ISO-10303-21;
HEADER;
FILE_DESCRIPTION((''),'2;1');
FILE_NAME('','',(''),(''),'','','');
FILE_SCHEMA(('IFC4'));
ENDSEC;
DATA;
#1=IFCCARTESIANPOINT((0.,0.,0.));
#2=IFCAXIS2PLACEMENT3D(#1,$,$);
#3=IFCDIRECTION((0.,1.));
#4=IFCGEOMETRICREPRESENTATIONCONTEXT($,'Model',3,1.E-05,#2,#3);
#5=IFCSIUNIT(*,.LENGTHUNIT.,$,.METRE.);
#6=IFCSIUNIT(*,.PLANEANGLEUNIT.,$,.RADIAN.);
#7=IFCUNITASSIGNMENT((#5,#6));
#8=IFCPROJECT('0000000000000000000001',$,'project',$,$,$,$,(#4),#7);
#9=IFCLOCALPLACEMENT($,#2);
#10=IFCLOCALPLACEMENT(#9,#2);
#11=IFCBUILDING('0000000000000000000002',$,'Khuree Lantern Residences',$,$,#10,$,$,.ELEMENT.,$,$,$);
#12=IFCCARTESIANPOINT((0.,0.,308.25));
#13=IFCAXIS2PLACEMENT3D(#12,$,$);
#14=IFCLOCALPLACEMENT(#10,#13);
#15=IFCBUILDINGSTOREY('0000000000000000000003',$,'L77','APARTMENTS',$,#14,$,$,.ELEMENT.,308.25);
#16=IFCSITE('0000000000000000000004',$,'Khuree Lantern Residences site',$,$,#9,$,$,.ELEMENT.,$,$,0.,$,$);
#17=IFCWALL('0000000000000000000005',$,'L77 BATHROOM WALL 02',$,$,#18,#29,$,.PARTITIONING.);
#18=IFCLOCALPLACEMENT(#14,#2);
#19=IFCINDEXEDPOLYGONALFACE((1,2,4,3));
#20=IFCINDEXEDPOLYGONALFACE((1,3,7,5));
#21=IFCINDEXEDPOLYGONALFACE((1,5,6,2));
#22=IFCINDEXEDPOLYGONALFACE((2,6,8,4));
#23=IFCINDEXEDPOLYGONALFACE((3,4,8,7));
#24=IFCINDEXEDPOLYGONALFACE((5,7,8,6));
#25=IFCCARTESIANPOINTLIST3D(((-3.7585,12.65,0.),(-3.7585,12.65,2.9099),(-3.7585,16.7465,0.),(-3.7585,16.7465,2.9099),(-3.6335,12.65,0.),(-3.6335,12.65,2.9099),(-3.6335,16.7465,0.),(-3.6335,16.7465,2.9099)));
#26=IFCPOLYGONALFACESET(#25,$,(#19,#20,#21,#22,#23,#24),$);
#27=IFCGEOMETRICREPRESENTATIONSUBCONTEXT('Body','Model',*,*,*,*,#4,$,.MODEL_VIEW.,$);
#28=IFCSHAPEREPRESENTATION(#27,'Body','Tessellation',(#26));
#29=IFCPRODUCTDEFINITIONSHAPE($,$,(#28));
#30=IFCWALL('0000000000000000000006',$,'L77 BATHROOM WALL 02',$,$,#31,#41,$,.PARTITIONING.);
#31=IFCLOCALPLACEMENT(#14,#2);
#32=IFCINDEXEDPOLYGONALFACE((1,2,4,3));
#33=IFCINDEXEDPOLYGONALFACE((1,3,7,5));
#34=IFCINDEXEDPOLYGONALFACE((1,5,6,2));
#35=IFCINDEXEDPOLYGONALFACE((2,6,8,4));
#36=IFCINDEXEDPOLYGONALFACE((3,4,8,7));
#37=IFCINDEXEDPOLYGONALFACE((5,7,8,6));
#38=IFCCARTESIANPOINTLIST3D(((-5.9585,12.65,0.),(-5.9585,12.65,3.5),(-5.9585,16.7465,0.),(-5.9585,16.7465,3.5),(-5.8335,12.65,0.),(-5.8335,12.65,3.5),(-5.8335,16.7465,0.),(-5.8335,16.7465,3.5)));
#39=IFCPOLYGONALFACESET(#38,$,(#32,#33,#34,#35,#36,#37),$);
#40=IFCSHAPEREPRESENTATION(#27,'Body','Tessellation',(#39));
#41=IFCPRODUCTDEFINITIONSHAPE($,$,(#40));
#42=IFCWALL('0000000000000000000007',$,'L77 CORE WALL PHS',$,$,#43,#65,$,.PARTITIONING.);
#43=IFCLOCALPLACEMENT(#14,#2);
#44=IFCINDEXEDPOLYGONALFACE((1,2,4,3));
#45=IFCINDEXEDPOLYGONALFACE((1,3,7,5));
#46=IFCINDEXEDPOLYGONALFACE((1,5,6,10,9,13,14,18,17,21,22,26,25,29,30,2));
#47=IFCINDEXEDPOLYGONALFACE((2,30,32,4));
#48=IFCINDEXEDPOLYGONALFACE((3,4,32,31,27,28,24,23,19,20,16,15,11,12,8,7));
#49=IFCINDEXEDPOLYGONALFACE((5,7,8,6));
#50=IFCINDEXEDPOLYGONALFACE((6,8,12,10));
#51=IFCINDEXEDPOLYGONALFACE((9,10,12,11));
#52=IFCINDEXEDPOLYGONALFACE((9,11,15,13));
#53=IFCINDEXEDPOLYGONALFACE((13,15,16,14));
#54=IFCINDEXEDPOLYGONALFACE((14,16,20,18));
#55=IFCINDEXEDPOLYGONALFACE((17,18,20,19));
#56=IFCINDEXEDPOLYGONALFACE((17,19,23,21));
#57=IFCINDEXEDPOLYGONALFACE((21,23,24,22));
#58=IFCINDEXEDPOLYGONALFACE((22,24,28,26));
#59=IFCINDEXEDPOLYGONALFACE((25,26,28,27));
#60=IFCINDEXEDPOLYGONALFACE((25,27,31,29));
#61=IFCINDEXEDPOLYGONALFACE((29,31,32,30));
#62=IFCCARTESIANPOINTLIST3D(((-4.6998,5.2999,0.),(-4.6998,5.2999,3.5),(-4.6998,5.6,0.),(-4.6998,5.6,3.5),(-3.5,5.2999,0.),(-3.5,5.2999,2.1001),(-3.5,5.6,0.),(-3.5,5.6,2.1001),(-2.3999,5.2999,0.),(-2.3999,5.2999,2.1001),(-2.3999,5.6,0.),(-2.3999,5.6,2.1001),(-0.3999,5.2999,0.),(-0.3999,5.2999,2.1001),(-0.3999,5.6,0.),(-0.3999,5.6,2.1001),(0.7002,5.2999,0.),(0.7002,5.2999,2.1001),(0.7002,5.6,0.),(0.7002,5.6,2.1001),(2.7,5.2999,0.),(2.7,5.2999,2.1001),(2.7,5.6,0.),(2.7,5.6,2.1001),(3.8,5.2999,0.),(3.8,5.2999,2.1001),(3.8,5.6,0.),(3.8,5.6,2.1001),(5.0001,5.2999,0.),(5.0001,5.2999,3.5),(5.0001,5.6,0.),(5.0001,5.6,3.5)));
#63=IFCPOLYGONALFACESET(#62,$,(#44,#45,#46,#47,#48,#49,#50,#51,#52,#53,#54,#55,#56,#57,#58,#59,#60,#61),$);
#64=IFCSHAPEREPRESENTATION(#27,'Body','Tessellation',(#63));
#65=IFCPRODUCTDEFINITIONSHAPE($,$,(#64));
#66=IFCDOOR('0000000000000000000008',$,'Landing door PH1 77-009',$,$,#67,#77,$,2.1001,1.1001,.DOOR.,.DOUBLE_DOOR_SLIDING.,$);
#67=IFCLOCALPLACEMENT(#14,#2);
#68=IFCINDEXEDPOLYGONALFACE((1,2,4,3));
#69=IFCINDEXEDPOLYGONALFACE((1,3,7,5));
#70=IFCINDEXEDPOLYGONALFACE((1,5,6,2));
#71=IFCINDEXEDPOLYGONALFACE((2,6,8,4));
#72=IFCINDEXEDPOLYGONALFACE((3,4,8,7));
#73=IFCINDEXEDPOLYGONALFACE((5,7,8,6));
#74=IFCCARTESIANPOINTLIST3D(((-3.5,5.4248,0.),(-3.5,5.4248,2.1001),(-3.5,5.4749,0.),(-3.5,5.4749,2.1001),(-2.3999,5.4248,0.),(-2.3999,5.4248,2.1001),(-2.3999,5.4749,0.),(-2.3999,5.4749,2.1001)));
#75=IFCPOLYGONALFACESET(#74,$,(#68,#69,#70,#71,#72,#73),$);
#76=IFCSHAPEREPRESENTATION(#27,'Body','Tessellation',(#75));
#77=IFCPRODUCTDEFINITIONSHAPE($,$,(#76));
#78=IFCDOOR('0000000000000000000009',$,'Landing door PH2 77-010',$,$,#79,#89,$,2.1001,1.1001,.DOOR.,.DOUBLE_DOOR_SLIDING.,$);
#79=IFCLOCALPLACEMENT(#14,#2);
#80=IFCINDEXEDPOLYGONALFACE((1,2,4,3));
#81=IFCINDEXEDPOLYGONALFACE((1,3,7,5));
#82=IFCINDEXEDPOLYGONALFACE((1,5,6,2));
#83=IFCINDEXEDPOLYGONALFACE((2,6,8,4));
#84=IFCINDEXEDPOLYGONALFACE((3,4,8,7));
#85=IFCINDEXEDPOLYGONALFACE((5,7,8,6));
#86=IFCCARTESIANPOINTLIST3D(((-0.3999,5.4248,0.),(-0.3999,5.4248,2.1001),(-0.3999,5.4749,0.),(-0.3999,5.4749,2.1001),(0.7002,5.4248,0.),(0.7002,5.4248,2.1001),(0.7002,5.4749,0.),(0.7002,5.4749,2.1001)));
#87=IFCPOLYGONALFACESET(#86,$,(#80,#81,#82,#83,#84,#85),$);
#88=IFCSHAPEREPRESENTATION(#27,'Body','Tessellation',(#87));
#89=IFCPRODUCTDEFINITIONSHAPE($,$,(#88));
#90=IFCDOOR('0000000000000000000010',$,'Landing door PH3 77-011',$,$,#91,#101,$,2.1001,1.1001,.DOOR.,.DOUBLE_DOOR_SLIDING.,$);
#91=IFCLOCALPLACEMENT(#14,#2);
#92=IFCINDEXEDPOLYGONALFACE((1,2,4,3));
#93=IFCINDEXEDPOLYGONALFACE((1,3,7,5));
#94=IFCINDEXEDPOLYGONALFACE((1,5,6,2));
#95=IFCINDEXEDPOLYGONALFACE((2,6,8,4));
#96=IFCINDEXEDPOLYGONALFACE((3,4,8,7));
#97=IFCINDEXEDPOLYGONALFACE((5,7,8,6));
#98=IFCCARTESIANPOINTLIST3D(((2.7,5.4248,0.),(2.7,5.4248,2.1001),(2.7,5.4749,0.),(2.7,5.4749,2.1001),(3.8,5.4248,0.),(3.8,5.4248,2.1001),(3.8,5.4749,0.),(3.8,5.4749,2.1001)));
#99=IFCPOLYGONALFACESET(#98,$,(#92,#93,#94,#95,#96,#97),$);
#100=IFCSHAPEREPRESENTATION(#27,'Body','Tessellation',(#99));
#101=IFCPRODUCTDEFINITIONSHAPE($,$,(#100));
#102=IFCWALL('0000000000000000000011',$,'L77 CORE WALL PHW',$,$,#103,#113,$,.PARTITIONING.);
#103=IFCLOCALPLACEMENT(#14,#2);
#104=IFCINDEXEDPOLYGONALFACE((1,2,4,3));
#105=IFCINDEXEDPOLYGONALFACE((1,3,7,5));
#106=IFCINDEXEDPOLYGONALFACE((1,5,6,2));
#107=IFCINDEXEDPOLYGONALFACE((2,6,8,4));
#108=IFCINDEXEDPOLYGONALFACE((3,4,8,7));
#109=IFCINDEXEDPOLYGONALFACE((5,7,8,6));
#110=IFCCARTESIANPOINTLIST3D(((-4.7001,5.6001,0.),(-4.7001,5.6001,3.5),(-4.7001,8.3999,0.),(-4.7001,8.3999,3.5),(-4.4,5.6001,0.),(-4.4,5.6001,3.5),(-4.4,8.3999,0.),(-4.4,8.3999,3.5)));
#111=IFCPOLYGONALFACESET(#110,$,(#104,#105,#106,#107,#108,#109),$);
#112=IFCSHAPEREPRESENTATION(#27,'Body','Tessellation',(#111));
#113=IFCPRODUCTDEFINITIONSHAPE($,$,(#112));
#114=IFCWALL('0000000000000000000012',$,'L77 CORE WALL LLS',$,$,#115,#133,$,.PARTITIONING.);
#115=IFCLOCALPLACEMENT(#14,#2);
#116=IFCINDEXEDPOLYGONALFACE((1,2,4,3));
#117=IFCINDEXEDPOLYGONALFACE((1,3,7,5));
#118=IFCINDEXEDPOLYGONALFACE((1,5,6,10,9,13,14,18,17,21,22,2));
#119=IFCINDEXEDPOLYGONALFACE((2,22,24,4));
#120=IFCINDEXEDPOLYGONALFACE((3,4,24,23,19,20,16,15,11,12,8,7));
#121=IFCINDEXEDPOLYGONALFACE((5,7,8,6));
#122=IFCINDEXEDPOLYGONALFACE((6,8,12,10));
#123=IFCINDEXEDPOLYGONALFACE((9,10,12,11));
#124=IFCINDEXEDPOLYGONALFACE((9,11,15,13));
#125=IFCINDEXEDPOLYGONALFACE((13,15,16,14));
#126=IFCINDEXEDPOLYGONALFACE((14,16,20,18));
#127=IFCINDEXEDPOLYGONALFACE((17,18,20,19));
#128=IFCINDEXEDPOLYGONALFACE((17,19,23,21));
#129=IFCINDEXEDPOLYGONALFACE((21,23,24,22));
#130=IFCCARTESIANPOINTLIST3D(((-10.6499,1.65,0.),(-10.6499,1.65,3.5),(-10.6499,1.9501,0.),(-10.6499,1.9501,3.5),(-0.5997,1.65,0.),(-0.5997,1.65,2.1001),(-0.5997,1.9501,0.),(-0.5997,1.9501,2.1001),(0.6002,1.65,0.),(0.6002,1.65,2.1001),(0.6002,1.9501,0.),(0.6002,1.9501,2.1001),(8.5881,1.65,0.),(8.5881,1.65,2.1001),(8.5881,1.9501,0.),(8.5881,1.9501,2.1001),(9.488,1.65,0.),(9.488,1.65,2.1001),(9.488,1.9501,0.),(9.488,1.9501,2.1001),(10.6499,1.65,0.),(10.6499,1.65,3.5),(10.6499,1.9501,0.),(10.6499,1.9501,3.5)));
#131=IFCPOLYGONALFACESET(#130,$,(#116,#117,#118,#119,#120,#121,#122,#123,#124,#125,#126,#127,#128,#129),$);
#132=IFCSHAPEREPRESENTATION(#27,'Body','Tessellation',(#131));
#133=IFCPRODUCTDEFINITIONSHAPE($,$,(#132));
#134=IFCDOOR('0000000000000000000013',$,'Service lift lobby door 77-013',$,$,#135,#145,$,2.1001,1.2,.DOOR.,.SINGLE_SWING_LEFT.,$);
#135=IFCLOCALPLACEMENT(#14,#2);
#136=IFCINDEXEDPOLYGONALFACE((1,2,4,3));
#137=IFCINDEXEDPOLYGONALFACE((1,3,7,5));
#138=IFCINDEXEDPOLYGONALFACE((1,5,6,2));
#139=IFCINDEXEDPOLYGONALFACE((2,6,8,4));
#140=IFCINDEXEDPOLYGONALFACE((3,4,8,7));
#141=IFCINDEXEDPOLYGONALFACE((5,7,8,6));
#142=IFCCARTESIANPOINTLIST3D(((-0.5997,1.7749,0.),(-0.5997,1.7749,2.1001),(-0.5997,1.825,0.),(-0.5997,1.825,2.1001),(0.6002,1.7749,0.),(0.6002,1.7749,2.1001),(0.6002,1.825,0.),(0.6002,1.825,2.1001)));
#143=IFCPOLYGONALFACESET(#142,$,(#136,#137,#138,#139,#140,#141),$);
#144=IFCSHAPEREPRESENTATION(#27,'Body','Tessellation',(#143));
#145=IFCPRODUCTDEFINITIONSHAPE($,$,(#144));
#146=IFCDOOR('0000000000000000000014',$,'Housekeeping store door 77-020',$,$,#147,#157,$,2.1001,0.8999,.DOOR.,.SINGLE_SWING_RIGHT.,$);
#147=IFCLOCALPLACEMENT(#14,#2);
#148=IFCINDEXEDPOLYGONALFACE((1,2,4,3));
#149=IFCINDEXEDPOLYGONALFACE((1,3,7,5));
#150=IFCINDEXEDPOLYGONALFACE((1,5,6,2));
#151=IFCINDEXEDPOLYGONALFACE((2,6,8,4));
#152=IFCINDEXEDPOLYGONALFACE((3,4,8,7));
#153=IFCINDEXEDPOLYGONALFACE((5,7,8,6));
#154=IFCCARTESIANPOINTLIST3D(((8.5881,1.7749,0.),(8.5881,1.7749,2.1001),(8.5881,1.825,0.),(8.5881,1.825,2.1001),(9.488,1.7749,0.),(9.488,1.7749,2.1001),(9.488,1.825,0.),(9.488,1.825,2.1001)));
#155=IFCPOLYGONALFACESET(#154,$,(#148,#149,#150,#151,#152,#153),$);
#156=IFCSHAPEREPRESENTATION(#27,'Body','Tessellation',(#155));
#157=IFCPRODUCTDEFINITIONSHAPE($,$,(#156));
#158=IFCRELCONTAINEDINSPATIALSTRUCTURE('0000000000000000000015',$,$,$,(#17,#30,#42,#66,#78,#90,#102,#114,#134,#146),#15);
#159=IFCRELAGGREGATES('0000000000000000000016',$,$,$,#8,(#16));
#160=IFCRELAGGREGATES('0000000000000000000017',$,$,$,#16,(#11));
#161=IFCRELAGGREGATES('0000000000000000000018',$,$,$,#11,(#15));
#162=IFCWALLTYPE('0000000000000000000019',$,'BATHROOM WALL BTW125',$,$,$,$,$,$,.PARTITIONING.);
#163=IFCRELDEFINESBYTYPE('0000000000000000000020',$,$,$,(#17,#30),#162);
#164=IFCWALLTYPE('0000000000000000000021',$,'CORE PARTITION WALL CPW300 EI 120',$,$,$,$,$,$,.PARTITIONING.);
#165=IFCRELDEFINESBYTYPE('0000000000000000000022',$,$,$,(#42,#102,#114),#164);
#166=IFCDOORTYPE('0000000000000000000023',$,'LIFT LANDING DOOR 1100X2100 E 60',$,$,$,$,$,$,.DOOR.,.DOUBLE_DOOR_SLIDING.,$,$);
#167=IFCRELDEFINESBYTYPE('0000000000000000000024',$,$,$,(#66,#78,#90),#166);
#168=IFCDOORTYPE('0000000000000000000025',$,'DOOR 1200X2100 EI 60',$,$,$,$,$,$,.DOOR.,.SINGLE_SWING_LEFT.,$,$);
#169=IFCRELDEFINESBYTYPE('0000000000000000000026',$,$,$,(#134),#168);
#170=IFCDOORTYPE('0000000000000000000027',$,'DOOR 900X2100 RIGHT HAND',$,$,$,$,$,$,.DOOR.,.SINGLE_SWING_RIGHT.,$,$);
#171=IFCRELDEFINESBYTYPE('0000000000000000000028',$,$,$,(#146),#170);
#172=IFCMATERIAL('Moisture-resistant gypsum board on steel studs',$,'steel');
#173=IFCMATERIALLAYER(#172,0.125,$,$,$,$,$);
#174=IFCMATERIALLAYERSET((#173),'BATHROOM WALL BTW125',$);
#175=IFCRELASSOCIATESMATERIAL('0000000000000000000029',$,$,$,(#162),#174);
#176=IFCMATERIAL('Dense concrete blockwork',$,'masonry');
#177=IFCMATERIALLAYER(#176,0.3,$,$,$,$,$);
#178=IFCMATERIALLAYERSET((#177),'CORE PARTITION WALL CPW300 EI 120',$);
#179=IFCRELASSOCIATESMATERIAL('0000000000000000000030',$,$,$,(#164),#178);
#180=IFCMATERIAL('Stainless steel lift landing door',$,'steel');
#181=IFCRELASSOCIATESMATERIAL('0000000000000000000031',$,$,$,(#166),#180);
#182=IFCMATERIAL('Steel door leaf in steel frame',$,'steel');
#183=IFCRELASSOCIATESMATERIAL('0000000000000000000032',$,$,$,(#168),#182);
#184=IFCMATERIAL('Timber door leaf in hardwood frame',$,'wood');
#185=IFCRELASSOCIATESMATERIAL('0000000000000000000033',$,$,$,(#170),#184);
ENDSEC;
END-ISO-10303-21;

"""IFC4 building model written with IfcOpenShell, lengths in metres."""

from ifc_helpers import new_model, si_unit, direction, frame, frame_2d, origin, place, context, subcontext, project, spatial, rectangle, extrude, material, layer, layer_set, type_object, element, fill, save


model = new_model("IFC4")

# Units and contexts
model_context = context("Model", 3, precision=1e-05, world=origin(), true_north=direction((0.0, 1.0)))
body_context = subcontext(model_context, "Body", "Model", "MODEL_VIEW")
ifc_project = project(units=[si_unit("LENGTHUNIT", "METRE"), si_unit("PLANEANGLEUNIT", "RADIAN")], contexts=[model_context])

# Site, building, storey
site_placement = place(None, origin())
site = spatial("IfcSite", under=ifc_project, at=site_placement, Name="Khuree Lantern Residences site", CompositionType="ELEMENT", RefElevation=0.0)
building_placement = place(site_placement, origin())
building = spatial("IfcBuilding", under=site, at=building_placement, Name="Khuree Lantern Residences", CompositionType="ELEMENT")
storey_placement = place(building_placement, frame((0.0, 0.0, 308.25)))
storey = spatial("IfcBuildingStorey", under=building, at=storey_placement, Name="L77", Description="APARTMENTS", CompositionType="ELEMENT", Elevation=308.25)

# Walls
ifc_material_1 = material(Name="Moisture-resistant gypsum board on steel studs", Category="steel")
ifc_layer_1 = layer(ifc_material_1, 0.125)
ifc_layer_set_1 = layer_set([ifc_layer_1], Name="BATHROOM WALL BTW125")
wall_type_1 = type_object("IfcWallType", Name="BATHROOM WALL BTW125", PredefinedType="PARTITIONING", material=ifc_layer_set_1)
wall_1_placement = place(storey_placement, frame((-3.696, 12.6499, 0.0), z_axis=(0.0, 0.0, 1.0), x_axis=(0.0, 1.0, 0.0)))
element("IfcWall", 1, at=wall_1_placement, inside=storey, type_object=wall_type_1, Name="L77 BATHROOM WALL 02", PredefinedType="PARTITIONING", context=body_context, shape_type="SweptSolid", body=[
    extrude(rectangle(XDim=4.0964, YDim=0.125, at=frame_2d((2.0483, 0.0))), origin(), (0.0, 0.0, 1.0), 2.9099),
])
wall_2_placement = place(storey_placement, frame((-5.896, 12.6499, 0.0), z_axis=(0.0, 0.0, 1.0), x_axis=(0.0, 1.0, 0.0)))
element("IfcWall", 2, at=wall_2_placement, inside=storey, type_object=wall_type_1, Name="L77 BATHROOM WALL 02", PredefinedType="PARTITIONING", context=body_context, shape_type="SweptSolid", body=[
    extrude(rectangle(XDim=4.0964, YDim=0.125, at=frame_2d((2.0483, 0.0))), origin(), (0.0, 0.0, 1.0), 3.5),
])

# Wall, openings, doors
ifc_material_2 = material(Name="Dense concrete blockwork", Category="masonry")
ifc_layer_2 = layer(ifc_material_2, 0.3)
ifc_layer_set_2 = layer_set([ifc_layer_2], Name="CORE PARTITION WALL CPW300 EI 120")
wall_type_2 = type_object("IfcWallType", Name="CORE PARTITION WALL CPW300 EI 120", PredefinedType="PARTITIONING", material=ifc_layer_set_2)
wall_3_placement = place(storey_placement, frame((-4.7, 5.45, 0.0), z_axis=(0.0, 0.0, 1.0), x_axis=(1.0, 0.0, 0.0)))
wall_3 = element("IfcWall", 3, at=wall_3_placement, inside=storey, type_object=wall_type_2, Name="L77 CORE WALL PHS", PredefinedType="PARTITIONING", context=body_context, shape_type="SweptSolid", body=[
    extrude(rectangle(XDim=9.7, YDim=0.3, at=frame_2d((4.8501, 0.0))), origin(), (0.0, 0.0, 1.0), 3.5),
])
opening_1_placement = place(wall_3_placement, frame((1.2, 0.0, 0.0)))
opening_1 = element("IfcOpeningElement", 4, at=opening_1_placement, cuts=wall_3, PredefinedType="OPENING", context=body_context, shape_type="SweptSolid", body=[
    extrude(rectangle(XDim=1.1001, YDim=2.1001, at=frame_2d((0.55, 1.05))), frame((0.0, 0.1602, 0.0), z_axis=(0.0, -1.0, 0.0), x_axis=(1.0, 0.0, 0.0)), (0.0, 0.0, 1.0), 0.3201),
])
opening_2_placement = place(wall_3_placement, frame((4.3, 0.0, 0.0)))
opening_2 = element("IfcOpeningElement", 5, at=opening_2_placement, cuts=wall_3, PredefinedType="OPENING", context=body_context, shape_type="SweptSolid", body=[
    extrude(rectangle(XDim=1.1001, YDim=2.1001, at=frame_2d((0.55, 1.05))), frame((0.0, 0.1602, 0.0), z_axis=(0.0, -1.0, 0.0), x_axis=(1.0, 0.0, 0.0)), (0.0, 0.0, 1.0), 0.3201),
])
opening_3_placement = place(wall_3_placement, frame((7.3999, 0.0, 0.0)))
opening_3 = element("IfcOpeningElement", 6, at=opening_3_placement, cuts=wall_3, PredefinedType="OPENING", context=body_context, shape_type="SweptSolid", body=[
    extrude(rectangle(XDim=1.1001, YDim=2.1001, at=frame_2d((0.55, 1.05))), frame((0.0, 0.1602, 0.0), z_axis=(0.0, -1.0, 0.0), x_axis=(1.0, 0.0, 0.0)), (0.0, 0.0, 1.0), 0.3201),
])
ifc_material_3 = material(Name="Stainless steel lift landing door", Category="steel")
door_type_1 = type_object("IfcDoorType", Name="LIFT LANDING DOOR 1100X2100 E 60", OperationType="DOUBLE_DOOR_SLIDING", PredefinedType="DOOR", material=ifc_material_3)
door_1_placement = place(opening_1_placement, origin())
door_1 = element("IfcDoor", 7, at=door_1_placement, inside=storey, type_object=door_type_1, Name="Landing door PH1 77-009", OperationType="DOUBLE_DOOR_SLIDING", OverallHeight=2.1001, OverallWidth=1.1001, PredefinedType="DOOR", context=body_context, shape_type="SweptSolid", body=[
    extrude(rectangle(XDim=1.1001, YDim=2.1001, at=frame_2d((0.55, 1.05))), frame((0.0, 0.0249, 0.0), z_axis=(0.0, -1.0, 0.0), x_axis=(1.0, 0.0, 0.0)), (0.0, 0.0, 1.0), 0.05),
])
fill(opening_1, door_1)
door_2_placement = place(opening_2_placement, origin())
door_2 = element("IfcDoor", 8, at=door_2_placement, inside=storey, type_object=door_type_1, Name="Landing door PH2 77-010", OperationType="DOUBLE_DOOR_SLIDING", OverallHeight=2.1001, OverallWidth=1.1001, PredefinedType="DOOR", context=body_context, shape_type="SweptSolid", body=[
    extrude(rectangle(XDim=1.1001, YDim=2.1001, at=frame_2d((0.55, 1.05))), frame((0.0, 0.0249, 0.0), z_axis=(0.0, -1.0, 0.0), x_axis=(1.0, 0.0, 0.0)), (0.0, 0.0, 1.0), 0.05),
])
fill(opening_2, door_2)
door_3_placement = place(opening_3_placement, origin())
door_3 = element("IfcDoor", 9, at=door_3_placement, inside=storey, type_object=door_type_1, Name="Landing door PH3 77-011", OperationType="DOUBLE_DOOR_SLIDING", OverallHeight=2.1001, OverallWidth=1.1001, PredefinedType="DOOR", context=body_context, shape_type="SweptSolid", body=[
    extrude(rectangle(XDim=1.1001, YDim=2.1001, at=frame_2d((0.55, 1.05))), frame((0.0, 0.0249, 0.0), z_axis=(0.0, -1.0, 0.0), x_axis=(1.0, 0.0, 0.0)), (0.0, 0.0, 1.0), 0.05),
])
fill(opening_3, door_3)

# Wall
wall_4_placement = place(storey_placement, frame((-4.55, 5.6001, 0.0), z_axis=(0.0, 0.0, 1.0), x_axis=(0.0, 1.0, 0.0)))
element("IfcWall", 10, at=wall_4_placement, inside=storey, type_object=wall_type_2, Name="L77 CORE WALL PHW", PredefinedType="PARTITIONING", context=body_context, shape_type="SweptSolid", body=[
    extrude(rectangle(XDim=2.7998, YDim=0.3, at=frame_2d((1.3999, 0.0))), origin(), (0.0, 0.0, 1.0), 3.5),
])

# Wall, openings, doors
wall_5_placement = place(storey_placement, frame((-10.6499, 1.8, 0.0), z_axis=(0.0, 0.0, 1.0), x_axis=(1.0, 0.0, 0.0)))
wall_5 = element("IfcWall", 11, at=wall_5_placement, inside=storey, type_object=wall_type_2, Name="L77 CORE WALL LLS", PredefinedType="PARTITIONING", context=body_context, shape_type="SweptSolid", body=[
    extrude(rectangle(XDim=21.2998, YDim=0.3, at=frame_2d((10.6499, 0.0))), origin(), (0.0, 0.0, 1.0), 3.5),
])
opening_4_placement = place(wall_5_placement, frame((10.05, 0.0, 0.0)))
opening_4 = element("IfcOpeningElement", 12, at=opening_4_placement, cuts=wall_5, PredefinedType="OPENING", context=body_context, shape_type="SweptSolid", body=[
    extrude(rectangle(XDim=1.2, YDim=2.1001, at=frame_2d((0.6001, 1.05))), frame((0.0, 0.1602, 0.0), z_axis=(0.0, -1.0, 0.0), x_axis=(1.0, 0.0, 0.0)), (0.0, 0.0, 1.0), 0.3201),
])
opening_5_placement = place(wall_5_placement, frame((19.238, 0.0, 0.0)))
opening_5 = element("IfcOpeningElement", 13, at=opening_5_placement, cuts=wall_5, PredefinedType="OPENING", context=body_context, shape_type="SweptSolid", body=[
    extrude(rectangle(XDim=0.8999, YDim=2.1001, at=frame_2d((0.45, 1.05))), frame((0.0, 0.1602, 0.0), z_axis=(0.0, -1.0, 0.0), x_axis=(1.0, 0.0, 0.0)), (0.0, 0.0, 1.0), 0.3201),
])
ifc_material_4 = material(Name="Steel door leaf in steel frame", Category="steel")
door_type_2 = type_object("IfcDoorType", Name="DOOR 1200X2100 EI 60", OperationType="SINGLE_SWING_LEFT", PredefinedType="DOOR", material=ifc_material_4)
door_4_placement = place(opening_4_placement, origin())
door_4 = element("IfcDoor", 14, at=door_4_placement, inside=storey, type_object=door_type_2, Name="Service lift lobby door 77-013", OperationType="SINGLE_SWING_LEFT", OverallHeight=2.1001, OverallWidth=1.2, PredefinedType="DOOR", context=body_context, shape_type="SweptSolid", body=[
    extrude(rectangle(XDim=1.2, YDim=2.1001, at=frame_2d((0.6001, 1.05))), frame((0.0, 0.0249, 0.0), z_axis=(0.0, -1.0, 0.0), x_axis=(1.0, 0.0, 0.0)), (0.0, 0.0, 1.0), 0.05),
])
fill(opening_4, door_4)
ifc_material_5 = material(Name="Timber door leaf in hardwood frame", Category="wood")
door_type_3 = type_object("IfcDoorType", Name="DOOR 900X2100 RIGHT HAND", OperationType="SINGLE_SWING_RIGHT", PredefinedType="DOOR", material=ifc_material_5)
door_5_placement = place(opening_5_placement, origin())
door_5 = element("IfcDoor", 15, at=door_5_placement, inside=storey, type_object=door_type_3, Name="Housekeeping store door 77-020", OperationType="SINGLE_SWING_RIGHT", OverallHeight=2.1001, OverallWidth=0.8999, PredefinedType="DOOR", context=body_context, shape_type="SweptSolid", body=[
    extrude(rectangle(XDim=0.8999, YDim=2.1001, at=frame_2d((0.45, 1.05))), frame((0.0, 0.0249, 0.0), z_axis=(0.0, -1.0, 0.0), x_axis=(1.0, 0.0, 0.0)), (0.0, 0.0, 1.0), 0.05),
])
fill(opening_5, door_5)

save(model, "model.ifc")
